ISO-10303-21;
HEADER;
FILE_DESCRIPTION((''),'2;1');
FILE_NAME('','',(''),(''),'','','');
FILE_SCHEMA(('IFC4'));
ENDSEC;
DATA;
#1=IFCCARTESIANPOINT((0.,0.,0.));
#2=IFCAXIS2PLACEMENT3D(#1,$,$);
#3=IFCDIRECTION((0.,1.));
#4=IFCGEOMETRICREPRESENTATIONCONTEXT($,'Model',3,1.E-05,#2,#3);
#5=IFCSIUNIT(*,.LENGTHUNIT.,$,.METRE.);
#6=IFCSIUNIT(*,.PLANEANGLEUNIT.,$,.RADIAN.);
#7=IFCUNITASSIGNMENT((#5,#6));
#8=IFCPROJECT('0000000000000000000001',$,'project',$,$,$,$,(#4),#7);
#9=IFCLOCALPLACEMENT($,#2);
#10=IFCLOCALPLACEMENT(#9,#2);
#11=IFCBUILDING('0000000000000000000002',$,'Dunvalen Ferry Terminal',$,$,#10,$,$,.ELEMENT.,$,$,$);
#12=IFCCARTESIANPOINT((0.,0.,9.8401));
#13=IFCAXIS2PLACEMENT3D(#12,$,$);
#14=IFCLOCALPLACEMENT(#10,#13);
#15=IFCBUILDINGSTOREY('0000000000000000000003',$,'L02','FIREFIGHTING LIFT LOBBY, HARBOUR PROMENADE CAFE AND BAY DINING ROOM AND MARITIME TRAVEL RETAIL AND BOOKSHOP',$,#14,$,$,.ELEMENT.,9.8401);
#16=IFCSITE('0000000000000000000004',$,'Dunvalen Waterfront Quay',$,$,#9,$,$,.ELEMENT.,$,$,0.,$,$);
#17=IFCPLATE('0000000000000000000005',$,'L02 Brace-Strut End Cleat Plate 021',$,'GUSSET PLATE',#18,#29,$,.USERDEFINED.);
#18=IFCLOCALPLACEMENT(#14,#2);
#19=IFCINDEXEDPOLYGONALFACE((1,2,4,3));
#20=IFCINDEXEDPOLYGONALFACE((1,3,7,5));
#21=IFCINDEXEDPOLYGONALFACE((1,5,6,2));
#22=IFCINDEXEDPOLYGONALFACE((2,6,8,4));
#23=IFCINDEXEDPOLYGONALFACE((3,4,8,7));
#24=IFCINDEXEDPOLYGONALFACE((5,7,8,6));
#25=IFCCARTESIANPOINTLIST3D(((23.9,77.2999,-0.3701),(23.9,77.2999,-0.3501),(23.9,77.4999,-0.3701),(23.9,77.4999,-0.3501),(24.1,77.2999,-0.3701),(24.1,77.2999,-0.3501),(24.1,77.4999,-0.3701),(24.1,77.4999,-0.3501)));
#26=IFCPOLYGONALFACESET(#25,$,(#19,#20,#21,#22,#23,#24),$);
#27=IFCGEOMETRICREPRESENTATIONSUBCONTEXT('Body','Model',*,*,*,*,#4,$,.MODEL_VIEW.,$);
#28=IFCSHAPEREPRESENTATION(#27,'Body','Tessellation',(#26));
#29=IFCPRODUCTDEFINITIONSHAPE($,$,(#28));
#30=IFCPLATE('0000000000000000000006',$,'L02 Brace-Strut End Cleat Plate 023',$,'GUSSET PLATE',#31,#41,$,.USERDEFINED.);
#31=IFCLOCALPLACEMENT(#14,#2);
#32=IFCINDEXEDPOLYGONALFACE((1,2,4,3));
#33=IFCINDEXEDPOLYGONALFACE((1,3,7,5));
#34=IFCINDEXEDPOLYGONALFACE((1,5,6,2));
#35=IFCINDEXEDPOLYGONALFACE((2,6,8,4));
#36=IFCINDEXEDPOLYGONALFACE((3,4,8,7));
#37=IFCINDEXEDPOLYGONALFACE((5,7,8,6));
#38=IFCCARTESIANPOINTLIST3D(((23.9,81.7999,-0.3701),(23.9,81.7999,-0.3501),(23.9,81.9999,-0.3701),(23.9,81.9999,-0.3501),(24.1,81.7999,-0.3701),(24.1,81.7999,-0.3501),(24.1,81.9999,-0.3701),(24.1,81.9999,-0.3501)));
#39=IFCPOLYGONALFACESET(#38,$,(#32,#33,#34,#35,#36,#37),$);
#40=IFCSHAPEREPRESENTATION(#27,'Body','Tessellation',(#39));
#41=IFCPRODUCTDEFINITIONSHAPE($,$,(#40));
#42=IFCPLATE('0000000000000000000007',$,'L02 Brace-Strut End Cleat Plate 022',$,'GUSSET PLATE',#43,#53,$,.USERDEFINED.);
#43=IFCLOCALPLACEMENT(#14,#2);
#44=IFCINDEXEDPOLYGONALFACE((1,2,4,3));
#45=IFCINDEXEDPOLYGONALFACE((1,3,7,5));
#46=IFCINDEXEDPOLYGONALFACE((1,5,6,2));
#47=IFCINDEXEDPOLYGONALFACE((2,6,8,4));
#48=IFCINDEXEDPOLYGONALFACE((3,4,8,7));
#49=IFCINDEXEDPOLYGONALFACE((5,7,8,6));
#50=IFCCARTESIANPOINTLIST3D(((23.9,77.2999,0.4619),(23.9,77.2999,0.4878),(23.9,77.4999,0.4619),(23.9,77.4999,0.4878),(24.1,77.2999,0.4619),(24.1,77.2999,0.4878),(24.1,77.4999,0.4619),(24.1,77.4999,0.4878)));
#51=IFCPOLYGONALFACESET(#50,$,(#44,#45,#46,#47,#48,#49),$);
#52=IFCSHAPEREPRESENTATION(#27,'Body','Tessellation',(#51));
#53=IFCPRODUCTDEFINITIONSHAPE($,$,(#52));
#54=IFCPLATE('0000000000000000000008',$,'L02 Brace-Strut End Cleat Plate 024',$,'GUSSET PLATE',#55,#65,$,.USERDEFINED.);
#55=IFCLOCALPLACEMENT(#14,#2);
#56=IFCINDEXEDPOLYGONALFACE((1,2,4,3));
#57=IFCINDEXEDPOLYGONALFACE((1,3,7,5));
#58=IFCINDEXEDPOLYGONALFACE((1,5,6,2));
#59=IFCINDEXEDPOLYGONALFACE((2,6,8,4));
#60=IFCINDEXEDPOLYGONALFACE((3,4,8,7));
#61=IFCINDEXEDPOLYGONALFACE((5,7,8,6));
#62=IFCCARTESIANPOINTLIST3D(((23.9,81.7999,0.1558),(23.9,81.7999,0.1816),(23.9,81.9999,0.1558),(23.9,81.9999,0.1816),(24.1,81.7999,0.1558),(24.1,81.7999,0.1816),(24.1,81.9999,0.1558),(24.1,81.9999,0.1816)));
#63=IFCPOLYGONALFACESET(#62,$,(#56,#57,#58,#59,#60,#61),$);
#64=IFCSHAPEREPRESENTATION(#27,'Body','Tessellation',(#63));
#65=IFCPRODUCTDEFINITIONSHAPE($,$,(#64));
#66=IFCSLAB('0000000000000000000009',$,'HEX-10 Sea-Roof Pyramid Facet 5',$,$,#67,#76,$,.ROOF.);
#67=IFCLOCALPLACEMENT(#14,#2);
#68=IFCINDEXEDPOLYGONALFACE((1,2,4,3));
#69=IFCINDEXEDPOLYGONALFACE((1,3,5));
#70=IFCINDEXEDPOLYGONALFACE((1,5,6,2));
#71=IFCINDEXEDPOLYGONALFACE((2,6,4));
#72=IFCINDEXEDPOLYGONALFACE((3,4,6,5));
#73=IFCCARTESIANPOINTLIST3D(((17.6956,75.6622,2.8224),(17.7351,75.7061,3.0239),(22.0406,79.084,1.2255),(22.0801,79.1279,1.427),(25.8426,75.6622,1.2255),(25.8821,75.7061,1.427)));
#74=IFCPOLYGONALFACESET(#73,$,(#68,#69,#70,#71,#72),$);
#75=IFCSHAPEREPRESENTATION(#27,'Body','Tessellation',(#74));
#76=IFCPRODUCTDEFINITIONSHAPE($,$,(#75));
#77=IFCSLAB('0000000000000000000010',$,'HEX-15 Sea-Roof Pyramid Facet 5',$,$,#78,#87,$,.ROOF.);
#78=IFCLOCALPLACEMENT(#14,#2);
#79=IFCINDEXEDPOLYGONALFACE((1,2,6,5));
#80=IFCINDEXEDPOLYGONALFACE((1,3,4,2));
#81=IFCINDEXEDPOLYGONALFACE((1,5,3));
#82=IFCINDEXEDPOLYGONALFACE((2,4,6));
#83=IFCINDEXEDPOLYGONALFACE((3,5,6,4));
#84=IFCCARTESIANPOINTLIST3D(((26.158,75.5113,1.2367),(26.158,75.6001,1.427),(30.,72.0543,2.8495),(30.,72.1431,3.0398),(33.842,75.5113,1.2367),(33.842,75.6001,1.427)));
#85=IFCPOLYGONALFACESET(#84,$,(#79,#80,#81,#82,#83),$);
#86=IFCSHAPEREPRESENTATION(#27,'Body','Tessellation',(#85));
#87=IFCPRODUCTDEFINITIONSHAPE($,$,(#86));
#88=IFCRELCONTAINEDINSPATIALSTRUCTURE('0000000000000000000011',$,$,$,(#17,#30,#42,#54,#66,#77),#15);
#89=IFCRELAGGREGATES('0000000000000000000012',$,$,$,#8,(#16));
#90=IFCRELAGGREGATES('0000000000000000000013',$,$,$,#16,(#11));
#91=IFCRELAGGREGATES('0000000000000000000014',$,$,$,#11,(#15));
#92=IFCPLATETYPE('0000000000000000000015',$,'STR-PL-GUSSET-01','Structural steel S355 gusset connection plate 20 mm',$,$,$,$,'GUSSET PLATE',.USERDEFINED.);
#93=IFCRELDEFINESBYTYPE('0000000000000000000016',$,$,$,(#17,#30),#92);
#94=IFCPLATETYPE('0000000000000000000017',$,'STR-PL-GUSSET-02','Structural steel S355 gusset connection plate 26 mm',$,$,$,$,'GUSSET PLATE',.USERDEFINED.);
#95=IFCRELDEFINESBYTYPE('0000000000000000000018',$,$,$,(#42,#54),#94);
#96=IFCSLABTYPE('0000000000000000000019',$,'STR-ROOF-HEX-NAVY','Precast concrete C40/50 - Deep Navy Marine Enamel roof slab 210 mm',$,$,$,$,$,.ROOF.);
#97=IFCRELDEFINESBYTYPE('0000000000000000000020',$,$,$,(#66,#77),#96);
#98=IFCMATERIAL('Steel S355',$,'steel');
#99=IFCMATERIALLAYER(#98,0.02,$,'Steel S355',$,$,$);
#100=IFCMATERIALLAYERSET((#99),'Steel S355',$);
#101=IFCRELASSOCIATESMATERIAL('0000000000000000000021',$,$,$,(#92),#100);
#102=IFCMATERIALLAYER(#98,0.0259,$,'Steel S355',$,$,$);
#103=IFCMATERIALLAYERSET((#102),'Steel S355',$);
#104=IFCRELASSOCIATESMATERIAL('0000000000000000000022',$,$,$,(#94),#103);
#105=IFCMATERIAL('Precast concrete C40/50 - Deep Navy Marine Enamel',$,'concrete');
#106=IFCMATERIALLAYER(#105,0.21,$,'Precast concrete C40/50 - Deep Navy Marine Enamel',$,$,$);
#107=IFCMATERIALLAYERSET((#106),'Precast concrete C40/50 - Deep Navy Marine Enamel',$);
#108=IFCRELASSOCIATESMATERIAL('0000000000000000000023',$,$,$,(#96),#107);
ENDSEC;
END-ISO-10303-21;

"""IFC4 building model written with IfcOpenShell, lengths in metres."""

from ifc_helpers import new_model, si_unit, direction, frame, origin, origin_2d, place, context, subcontext, project, spatial, polyline, rectangle, outline, extrude, material, layer, layer_set, type_object, element, save


model = new_model("IFC4")

# Units and contexts
model_context = context("Model", 3, precision=1e-05, world=origin(), true_north=direction((0.0, 1.0)))
body_context = subcontext(model_context, "Body", "Model", "MODEL_VIEW")
ifc_project = project(units=[si_unit("LENGTHUNIT", "METRE"), si_unit("PLANEANGLEUNIT", "RADIAN")], contexts=[model_context])

# Site, building, storey
site_placement = place(None, origin())
site = spatial("IfcSite", under=ifc_project, at=site_placement, Name="Dunvalen Waterfront Quay", CompositionType="ELEMENT", RefElevation=0.0)
building_placement = place(site_placement, origin())
building = spatial("IfcBuilding", under=site, at=building_placement, Name="Dunvalen Ferry Terminal", CompositionType="ELEMENT")
storey_placement = place(building_placement, frame((0.0, 0.0, 9.8401)))
storey = spatial("IfcBuildingStorey", under=building, at=storey_placement, Name="L02", Description="FIREFIGHTING LIFT LOBBY, HARBOUR PROMENADE CAFE AND BAY DINING ROOM AND MARITIME TRAVEL RETAIL AND BOOKSHOP", CompositionType="ELEMENT", Elevation=9.8401)

# Shared definitions
ifc_material_1 = material(Name="Steel S355", Category="steel")

# Plates
ifc_layer_1 = layer(ifc_material_1, 0.02, Name="Steel S355")
ifc_layer_set_1 = layer_set([ifc_layer_1], Name="Steel S355")
plate_type_1 = type_object("IfcPlateType", Name="STR-PL-GUSSET-01", Description="Structural steel S355 gusset connection plate 20 mm", ElementType="GUSSET PLATE", PredefinedType="USERDEFINED", material=ifc_layer_set_1)
for number, where, z_axis, x_axis, name in (
    (1, (24.0, 77.3999, -0.3701), (0.0, 0.0, 1.0), (1.0, 0.0, 0.0), "L02 Brace-Strut End Cleat Plate 021"),
    (2, (24.0, 81.8999, -0.3701), (0.0, 0.0, 1.0), (1.0, 0.0, 0.0), "L02 Brace-Strut End Cleat Plate 023"),
):
    element("IfcPlate", number, at=place(storey_placement, frame(where, z_axis=z_axis, x_axis=x_axis)), inside=storey, type_object=plate_type_1, Name=name, ObjectType="GUSSET PLATE", PredefinedType="USERDEFINED", context=body_context, shape_type="SweptSolid", body=[
        extrude(rectangle(XDim=0.2, YDim=0.2, at=origin_2d()), origin(), (0.0, 0.0, 1.0), 0.02),
    ])
ifc_layer_2 = layer(ifc_material_1, 0.0259, Name="Steel S355")
ifc_layer_set_2 = layer_set([ifc_layer_2], Name="Steel S355")
plate_type_2 = type_object("IfcPlateType", Name="STR-PL-GUSSET-02", Description="Structural steel S355 gusset connection plate 26 mm", ElementType="GUSSET PLATE", PredefinedType="USERDEFINED", material=ifc_layer_set_2)
for number, where, z_axis, x_axis, name in (
    (3, (24.0, 77.3999, 0.4619), (0.0, 0.0, 1.0), (1.0, 0.0, 0.0), "L02 Brace-Strut End Cleat Plate 022"),
    (4, (24.0, 81.8999, 0.1558), (0.0, 0.0, 1.0), (1.0, 0.0, 0.0), "L02 Brace-Strut End Cleat Plate 024"),
):
    element("IfcPlate", number, at=place(storey_placement, frame(where, z_axis=z_axis, x_axis=x_axis)), inside=storey, type_object=plate_type_2, Name=name, ObjectType="GUSSET PLATE", PredefinedType="USERDEFINED", context=body_context, shape_type="SweptSolid", body=[
        extrude(rectangle(XDim=0.2, YDim=0.2, at=origin_2d()), origin(), (0.0, 0.0, 1.0), 0.0259),
    ])

# Slabs
ifc_material_2 = material(Name="Precast concrete C40/50 - Deep Navy Marine Enamel", Category="concrete")
ifc_layer_3 = layer(ifc_material_2, 0.21, Name="Precast concrete C40/50 - Deep Navy Marine Enamel")
ifc_layer_set_3 = layer_set([ifc_layer_3], Name="Precast concrete C40/50 - Deep Navy Marine Enamel")
slab_type = type_object("IfcSlabType", Name="STR-ROOF-HEX-NAVY", Description="Precast concrete C40/50 - Deep Navy Marine Enamel roof slab 210 mm", PredefinedType="ROOF", material=ifc_layer_set_3)
slab_1_placement = place(storey_placement, frame((25.8821, 75.7061, 1.427), z_axis=(0.188106, 0.209002, 0.959653), x_axis=(-0.743287, 0.668973, 0.0)))
element("IfcSlab", 5, at=slab_1_placement, inside=storey, type_object=slab_type, Name="HEX-10 Sea-Roof Pyramid Facet 5", PredefinedType="ROOF", context=body_context, shape_type="SweptSolid", body=[
    extrude(outline(polyline([(0.0, 0.0), (5.1151, 0.0), (6.0555, 5.6792), (0.0, 0.0)])), origin(), (0.0, 0.0, -1.0), 0.21),
])
slab_2_placement = place(storey_placement, frame((33.842, 75.6001, 1.427), z_axis=(0.0, 0.42278, 0.906232), x_axis=(-1.0, 0.0, 0.0)))
element("IfcSlab", 6, at=slab_2_placement, inside=storey, type_object=slab_type, Name="HEX-15 Sea-Roof Pyramid Facet 5", PredefinedType="ROOF", context=body_context, shape_type="SweptSolid", body=[
    extrude(outline(polyline([(0.0, 0.0), (7.6841, 0.0), (3.842, 3.8147), (0.0, 0.0)])), origin(), (0.0, 0.0, -1.0), 0.21),
])

save(model, "model.ifc")
